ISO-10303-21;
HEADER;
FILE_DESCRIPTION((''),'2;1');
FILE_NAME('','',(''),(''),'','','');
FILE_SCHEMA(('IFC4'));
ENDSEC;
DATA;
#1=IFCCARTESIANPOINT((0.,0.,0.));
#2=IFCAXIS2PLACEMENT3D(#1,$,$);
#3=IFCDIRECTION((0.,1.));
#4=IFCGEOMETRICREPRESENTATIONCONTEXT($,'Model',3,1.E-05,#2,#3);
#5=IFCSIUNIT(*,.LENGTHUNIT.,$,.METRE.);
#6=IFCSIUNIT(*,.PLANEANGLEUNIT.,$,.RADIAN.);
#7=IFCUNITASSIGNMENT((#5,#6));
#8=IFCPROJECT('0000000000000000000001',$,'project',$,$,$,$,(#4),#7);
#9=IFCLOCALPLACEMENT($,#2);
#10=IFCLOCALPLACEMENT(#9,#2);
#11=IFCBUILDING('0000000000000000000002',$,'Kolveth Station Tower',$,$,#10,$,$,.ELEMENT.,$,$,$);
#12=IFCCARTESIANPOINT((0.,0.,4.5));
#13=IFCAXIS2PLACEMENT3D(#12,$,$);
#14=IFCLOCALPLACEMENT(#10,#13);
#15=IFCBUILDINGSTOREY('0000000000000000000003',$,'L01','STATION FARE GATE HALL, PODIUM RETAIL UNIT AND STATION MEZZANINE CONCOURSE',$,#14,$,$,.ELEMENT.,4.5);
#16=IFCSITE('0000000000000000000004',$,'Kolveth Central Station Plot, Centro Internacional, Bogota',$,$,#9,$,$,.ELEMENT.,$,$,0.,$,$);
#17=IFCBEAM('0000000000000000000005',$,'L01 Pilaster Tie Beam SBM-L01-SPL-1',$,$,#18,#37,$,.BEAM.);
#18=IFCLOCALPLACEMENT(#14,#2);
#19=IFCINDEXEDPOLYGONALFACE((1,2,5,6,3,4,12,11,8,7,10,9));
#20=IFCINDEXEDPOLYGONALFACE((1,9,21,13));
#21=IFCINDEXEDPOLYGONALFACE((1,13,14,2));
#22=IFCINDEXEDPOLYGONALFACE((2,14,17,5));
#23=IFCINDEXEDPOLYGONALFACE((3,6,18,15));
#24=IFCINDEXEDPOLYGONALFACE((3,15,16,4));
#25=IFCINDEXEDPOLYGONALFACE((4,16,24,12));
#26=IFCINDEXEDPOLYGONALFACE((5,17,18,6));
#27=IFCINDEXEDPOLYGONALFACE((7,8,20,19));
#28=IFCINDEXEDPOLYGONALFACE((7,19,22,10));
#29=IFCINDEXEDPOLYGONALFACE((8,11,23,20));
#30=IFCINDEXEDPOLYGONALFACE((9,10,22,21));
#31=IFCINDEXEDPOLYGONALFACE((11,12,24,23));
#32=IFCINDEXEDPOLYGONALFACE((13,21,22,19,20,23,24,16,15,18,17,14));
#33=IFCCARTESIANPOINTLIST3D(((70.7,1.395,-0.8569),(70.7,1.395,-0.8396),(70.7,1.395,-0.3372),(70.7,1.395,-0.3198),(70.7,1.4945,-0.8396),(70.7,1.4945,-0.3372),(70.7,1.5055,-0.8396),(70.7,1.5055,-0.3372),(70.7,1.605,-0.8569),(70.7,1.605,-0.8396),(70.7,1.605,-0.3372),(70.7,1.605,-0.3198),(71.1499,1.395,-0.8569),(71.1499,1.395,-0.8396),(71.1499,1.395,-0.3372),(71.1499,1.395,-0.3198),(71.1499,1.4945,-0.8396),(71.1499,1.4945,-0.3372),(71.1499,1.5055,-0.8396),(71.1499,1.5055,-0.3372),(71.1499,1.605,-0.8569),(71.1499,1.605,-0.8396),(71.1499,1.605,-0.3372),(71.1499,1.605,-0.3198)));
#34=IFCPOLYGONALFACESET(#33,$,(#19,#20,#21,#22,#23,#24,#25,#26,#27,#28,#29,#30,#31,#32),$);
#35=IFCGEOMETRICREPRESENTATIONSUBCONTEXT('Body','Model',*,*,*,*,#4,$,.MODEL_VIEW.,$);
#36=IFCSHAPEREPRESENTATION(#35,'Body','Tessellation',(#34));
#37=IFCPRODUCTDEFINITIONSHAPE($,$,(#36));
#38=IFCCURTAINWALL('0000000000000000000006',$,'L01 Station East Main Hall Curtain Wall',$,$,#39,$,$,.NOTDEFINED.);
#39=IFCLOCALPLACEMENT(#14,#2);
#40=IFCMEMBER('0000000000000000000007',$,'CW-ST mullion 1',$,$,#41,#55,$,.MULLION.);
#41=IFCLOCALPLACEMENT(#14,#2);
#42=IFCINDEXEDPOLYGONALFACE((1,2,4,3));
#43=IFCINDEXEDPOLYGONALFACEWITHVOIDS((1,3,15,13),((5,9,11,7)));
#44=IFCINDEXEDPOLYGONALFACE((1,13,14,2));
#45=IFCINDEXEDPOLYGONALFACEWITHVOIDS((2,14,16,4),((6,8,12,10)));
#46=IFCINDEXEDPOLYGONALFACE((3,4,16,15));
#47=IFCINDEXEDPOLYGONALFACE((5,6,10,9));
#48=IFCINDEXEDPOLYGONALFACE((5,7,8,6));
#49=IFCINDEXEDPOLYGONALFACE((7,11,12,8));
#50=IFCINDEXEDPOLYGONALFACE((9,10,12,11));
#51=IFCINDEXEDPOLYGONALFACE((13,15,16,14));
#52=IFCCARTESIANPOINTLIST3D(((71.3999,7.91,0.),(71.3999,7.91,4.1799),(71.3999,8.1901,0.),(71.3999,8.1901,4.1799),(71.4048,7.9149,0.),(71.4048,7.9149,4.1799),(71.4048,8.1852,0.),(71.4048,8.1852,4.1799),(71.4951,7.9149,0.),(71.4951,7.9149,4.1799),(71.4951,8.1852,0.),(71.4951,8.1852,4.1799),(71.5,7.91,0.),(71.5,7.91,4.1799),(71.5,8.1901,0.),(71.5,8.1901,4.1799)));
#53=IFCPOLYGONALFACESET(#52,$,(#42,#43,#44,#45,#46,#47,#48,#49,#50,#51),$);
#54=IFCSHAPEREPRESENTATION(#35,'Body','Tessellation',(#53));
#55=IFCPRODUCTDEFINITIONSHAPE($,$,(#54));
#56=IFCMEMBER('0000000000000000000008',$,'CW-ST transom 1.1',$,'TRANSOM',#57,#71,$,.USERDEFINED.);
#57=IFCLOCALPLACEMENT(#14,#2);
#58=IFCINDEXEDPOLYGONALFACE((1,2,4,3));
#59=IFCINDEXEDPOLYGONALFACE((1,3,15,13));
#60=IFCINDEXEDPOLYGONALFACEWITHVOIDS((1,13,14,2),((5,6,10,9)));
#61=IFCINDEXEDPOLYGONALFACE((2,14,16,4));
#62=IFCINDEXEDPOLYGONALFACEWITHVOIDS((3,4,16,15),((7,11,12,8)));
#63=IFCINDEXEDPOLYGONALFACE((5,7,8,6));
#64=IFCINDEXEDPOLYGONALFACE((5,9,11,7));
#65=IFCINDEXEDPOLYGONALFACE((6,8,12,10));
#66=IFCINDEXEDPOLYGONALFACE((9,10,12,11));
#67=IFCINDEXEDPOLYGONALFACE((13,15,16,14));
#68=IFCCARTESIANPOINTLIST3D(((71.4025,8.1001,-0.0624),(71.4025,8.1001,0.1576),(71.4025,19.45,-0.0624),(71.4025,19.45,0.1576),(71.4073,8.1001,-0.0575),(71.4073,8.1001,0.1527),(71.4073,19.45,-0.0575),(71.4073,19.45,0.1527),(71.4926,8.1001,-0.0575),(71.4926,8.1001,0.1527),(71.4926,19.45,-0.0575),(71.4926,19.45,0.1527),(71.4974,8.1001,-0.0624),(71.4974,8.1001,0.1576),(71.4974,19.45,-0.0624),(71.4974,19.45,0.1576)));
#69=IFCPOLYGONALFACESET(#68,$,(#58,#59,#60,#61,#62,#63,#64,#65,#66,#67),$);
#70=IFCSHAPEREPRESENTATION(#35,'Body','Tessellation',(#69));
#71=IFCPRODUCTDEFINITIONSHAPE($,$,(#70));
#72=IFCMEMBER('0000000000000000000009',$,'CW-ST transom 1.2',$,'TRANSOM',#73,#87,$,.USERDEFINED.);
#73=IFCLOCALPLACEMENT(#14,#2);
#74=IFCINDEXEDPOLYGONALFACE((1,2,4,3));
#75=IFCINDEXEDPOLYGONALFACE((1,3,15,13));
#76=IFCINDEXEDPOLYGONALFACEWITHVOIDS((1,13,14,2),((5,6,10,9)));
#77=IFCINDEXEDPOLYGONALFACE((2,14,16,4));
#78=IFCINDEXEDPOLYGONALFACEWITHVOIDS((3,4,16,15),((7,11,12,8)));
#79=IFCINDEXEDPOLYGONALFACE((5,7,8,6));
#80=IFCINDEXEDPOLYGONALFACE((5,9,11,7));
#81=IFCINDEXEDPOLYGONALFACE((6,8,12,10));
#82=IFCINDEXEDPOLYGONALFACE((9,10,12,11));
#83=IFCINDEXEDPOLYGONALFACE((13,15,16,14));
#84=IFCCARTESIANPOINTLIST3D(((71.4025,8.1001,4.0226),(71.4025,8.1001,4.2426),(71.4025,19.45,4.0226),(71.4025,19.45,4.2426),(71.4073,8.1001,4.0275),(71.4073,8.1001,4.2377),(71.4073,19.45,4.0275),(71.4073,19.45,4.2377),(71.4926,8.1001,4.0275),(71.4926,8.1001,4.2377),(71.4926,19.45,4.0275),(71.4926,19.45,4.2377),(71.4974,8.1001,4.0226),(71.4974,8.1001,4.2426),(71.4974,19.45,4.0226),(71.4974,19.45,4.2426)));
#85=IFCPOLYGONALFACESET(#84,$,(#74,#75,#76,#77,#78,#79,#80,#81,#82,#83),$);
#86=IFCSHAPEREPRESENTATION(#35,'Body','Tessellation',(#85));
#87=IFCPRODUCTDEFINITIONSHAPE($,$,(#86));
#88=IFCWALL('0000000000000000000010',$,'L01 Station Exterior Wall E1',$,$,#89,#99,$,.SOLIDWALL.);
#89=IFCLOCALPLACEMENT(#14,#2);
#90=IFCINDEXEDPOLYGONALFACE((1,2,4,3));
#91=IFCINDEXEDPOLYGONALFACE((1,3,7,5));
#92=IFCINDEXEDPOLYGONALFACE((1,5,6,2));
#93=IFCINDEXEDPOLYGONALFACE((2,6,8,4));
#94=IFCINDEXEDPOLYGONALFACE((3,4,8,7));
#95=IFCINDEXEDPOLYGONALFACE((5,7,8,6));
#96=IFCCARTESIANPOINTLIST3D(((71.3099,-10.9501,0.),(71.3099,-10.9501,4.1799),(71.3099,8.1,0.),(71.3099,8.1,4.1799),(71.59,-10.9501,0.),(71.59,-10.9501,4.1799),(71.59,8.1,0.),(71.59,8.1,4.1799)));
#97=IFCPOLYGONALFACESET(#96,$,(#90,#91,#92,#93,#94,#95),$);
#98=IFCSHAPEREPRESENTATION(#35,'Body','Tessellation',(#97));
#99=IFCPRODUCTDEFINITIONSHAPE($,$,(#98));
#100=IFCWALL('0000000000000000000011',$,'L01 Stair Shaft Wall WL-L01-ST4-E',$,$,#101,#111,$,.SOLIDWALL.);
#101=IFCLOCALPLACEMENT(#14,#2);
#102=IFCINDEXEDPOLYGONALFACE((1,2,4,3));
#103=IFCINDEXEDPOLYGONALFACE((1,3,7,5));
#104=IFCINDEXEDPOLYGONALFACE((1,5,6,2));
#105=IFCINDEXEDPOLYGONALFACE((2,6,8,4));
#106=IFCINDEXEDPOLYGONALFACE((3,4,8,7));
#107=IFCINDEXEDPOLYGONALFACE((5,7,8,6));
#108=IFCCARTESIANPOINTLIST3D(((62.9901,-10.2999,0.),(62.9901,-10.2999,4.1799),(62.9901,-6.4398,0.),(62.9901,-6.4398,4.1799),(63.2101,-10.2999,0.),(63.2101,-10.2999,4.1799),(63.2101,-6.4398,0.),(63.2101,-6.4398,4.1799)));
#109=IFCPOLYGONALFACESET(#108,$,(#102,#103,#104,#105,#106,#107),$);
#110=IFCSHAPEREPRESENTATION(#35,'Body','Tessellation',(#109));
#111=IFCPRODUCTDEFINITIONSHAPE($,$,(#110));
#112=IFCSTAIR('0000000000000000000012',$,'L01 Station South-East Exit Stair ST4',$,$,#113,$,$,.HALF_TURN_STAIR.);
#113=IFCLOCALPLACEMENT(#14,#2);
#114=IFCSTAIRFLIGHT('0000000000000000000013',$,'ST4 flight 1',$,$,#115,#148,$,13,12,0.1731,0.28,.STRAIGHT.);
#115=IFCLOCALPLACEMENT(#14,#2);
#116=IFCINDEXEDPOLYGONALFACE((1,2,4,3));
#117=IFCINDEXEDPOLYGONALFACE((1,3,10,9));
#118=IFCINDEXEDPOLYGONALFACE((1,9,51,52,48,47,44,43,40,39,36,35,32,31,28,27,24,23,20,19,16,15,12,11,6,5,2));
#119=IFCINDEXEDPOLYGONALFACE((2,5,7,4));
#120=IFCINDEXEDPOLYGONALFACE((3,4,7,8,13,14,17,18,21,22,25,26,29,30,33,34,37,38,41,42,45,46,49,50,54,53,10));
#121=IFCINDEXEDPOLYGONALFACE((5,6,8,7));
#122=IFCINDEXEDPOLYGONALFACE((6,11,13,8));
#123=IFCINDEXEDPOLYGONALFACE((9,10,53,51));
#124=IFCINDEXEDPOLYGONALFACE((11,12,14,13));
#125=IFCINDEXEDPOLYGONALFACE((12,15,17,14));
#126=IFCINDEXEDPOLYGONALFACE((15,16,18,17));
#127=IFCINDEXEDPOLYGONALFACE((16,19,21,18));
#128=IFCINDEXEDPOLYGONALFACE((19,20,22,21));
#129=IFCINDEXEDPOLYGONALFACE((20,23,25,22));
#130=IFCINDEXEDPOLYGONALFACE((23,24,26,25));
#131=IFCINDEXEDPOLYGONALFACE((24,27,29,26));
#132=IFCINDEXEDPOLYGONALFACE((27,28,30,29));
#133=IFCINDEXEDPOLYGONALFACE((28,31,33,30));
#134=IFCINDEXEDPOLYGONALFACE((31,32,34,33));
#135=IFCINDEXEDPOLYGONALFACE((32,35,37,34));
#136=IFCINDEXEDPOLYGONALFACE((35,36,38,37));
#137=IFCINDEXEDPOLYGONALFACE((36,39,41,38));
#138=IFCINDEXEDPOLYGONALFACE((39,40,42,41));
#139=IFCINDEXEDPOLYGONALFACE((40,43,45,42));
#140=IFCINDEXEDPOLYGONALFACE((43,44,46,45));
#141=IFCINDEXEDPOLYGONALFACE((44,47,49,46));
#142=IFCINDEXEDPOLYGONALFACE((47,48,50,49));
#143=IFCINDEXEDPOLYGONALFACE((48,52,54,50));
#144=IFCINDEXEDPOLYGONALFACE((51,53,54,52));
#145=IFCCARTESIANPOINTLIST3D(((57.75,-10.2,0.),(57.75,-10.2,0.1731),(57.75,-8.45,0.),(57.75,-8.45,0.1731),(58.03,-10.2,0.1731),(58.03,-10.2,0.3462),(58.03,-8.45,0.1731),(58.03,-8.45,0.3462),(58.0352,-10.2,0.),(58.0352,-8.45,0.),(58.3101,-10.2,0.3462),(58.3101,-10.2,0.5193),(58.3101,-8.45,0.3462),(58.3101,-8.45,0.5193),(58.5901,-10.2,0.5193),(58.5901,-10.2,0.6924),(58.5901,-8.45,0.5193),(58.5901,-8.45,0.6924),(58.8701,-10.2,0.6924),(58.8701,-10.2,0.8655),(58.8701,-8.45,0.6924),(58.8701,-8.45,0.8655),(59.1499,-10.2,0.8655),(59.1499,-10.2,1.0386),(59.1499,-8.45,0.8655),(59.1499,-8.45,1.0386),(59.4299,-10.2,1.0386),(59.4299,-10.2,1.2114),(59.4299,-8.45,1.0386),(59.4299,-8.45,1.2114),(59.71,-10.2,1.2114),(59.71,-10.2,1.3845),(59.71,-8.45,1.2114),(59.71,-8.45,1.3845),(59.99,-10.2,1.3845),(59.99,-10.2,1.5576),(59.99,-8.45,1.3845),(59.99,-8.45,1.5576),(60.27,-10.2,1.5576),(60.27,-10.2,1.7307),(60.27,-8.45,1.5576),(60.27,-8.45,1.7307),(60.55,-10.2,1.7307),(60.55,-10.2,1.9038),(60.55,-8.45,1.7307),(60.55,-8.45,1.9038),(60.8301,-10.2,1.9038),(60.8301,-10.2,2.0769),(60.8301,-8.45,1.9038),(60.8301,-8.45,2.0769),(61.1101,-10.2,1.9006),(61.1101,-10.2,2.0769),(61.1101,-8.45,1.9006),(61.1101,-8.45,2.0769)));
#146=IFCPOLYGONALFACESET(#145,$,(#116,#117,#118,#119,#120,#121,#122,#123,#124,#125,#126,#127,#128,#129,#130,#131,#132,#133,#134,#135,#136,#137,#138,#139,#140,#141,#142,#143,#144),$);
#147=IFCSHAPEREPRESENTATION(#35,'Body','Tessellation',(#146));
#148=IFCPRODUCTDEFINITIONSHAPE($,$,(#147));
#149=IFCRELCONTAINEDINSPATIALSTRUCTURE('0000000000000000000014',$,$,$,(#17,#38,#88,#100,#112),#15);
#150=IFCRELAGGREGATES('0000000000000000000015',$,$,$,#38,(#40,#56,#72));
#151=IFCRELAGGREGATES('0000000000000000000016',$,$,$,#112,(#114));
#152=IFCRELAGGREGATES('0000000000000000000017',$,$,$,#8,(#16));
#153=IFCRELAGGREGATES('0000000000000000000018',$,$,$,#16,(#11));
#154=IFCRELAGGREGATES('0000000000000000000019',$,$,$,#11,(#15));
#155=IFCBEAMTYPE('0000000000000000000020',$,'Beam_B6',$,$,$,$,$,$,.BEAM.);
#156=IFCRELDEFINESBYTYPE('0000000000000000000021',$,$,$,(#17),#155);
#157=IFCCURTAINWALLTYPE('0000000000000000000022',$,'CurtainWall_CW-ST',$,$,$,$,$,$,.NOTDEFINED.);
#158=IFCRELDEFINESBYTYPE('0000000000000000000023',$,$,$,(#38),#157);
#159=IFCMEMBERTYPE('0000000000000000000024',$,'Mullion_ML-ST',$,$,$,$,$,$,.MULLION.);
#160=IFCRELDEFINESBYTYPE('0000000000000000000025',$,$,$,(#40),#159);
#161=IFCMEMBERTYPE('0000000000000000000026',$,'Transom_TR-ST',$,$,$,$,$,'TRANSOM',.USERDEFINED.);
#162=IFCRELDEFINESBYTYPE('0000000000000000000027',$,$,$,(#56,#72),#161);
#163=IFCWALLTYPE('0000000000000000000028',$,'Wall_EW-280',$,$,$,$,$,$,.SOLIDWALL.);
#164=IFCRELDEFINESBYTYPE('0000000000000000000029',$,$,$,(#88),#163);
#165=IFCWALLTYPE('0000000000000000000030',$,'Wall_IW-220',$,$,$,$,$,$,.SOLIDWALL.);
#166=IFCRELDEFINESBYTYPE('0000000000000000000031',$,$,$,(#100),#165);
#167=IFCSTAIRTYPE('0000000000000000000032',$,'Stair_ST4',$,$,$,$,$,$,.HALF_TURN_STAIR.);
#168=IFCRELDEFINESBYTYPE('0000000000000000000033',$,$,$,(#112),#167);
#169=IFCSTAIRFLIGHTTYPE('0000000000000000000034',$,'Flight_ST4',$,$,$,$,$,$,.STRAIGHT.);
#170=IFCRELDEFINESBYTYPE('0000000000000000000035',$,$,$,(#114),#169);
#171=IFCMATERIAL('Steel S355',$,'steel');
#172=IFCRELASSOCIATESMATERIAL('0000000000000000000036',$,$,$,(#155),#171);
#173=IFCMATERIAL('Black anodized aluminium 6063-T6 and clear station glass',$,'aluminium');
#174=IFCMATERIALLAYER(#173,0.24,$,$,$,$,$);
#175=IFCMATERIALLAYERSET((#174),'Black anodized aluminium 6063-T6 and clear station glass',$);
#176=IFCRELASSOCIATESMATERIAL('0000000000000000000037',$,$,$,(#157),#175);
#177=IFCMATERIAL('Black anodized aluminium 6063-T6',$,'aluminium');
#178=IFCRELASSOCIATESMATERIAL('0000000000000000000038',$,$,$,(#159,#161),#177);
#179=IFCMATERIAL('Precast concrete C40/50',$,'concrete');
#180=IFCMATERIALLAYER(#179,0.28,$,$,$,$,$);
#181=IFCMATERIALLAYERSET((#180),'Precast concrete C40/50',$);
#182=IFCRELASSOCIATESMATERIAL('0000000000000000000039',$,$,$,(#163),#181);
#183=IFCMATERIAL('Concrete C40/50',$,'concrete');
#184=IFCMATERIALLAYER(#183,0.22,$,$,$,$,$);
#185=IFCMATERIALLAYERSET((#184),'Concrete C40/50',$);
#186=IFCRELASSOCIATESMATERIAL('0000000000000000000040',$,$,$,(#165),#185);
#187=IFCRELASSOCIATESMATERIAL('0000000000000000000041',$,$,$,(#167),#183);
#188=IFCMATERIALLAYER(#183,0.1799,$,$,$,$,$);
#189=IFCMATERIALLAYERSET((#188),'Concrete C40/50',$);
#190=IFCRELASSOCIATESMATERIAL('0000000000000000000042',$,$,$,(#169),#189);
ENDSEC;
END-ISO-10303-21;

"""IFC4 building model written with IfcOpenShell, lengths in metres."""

from ifc_helpers import new_model, si_unit, direction, frame, frame_2d, origin, origin_2d, place, context, subcontext, project, spatial, polyline, rectangle, hollow_rectangle, i_section, outline, extrude, source, transform, mapped, material, layer, layer_set, material_profile, profile_set, type_object, element, aggregate, save


model = new_model("IFC4")

# Units and contexts
model_context = context("Model", 3, precision=1e-05, world=origin(), true_north=direction((0.0, 1.0)))
body_context = subcontext(model_context, "Body", "Model", "MODEL_VIEW")
ifc_project = project(units=[si_unit("LENGTHUNIT", "METRE"), si_unit("PLANEANGLEUNIT", "RADIAN")], contexts=[model_context])

# Site, building, storey
site_placement = place(None, origin())
site = spatial("IfcSite", under=ifc_project, at=site_placement, Name="Kolveth Central Station Plot, Centro Internacional, Bogota", CompositionType="ELEMENT", RefElevation=0.0)
building_placement = place(site_placement, origin())
building = spatial("IfcBuilding", under=site, at=building_placement, Name="Kolveth Station Tower", CompositionType="ELEMENT")
storey_placement = place(building_placement, frame((0.0, 0.0, 4.5)))
storey = spatial("IfcBuildingStorey", under=building, at=storey_placement, Name="L01", Description="STATION FARE GATE HALL, PODIUM RETAIL UNIT AND STATION MEZZANINE CONCOURSE", CompositionType="ELEMENT", Elevation=4.5)

# Shared definitions
ifc_material_1 = material(Name="Steel S355", Category="steel")

# Beam
ifc_material_profile_1 = material_profile(ifc_material_1, i_section(OverallWidth=0.21, OverallDepth=0.5371, WebThickness=0.011, FlangeThickness=0.0173, at=origin_2d()), Name="W530x101")
ifc_profile_set_1 = profile_set([ifc_material_profile_1], Name="Steel S355")
beam_type_1 = type_object("IfcBeamType", Name="Beam_B6", PredefinedType="BEAM", material=ifc_profile_set_1)
shared_shape_1 = source(origin(), body_context, "Body", "SweptSolid", [
    extrude(i_section(OverallWidth=0.21, OverallDepth=0.5371, WebThickness=0.011, FlangeThickness=0.0173, at=origin_2d()), origin(), (0.0, 0.0, 1.0), 0.45),
])
beam_placement = place(storey_placement, frame((70.7, 1.5, -0.5884), z_axis=(1.0, 0.0, 0.0), x_axis=(0.0, 1.0, 0.0)))
element("IfcBeam", 1, at=beam_placement, inside=storey, type_object=beam_type_1, Name="L01 Pilaster Tie Beam SBM-L01-SPL-1", PredefinedType="BEAM", context=body_context, shape_type="MappedRepresentation", body=[
    mapped(shared_shape_1, transform((0.0, 0.0, 0.0), x_axis=(1.0, 0.0, 0.0), y_axis=(0.0, 1.0, 0.0), z_axis=(0.0, 0.0, 1.0), scale=1.0)),
])

# Curtain wall, members
ifc_material_2 = material(Name="Black anodized aluminium 6063-T6 and clear station glass", Category="aluminium")
ifc_layer_1 = layer(ifc_material_2, 0.24)
ifc_layer_set_1 = layer_set([ifc_layer_1], Name="Black anodized aluminium 6063-T6 and clear station glass")
curtain_wall_type = type_object("IfcCurtainWallType", Name="CurtainWall_CW-ST", PredefinedType="NOTDEFINED", material=ifc_layer_set_1)
curtain_wall_placement = place(storey_placement, origin())
curtain_wall = element("IfcCurtainWall", 2, at=curtain_wall_placement, inside=storey, type_object=curtain_wall_type, Name="L01 Station East Main Hall Curtain Wall", PredefinedType="NOTDEFINED")
ifc_material_3 = material(Name="Black anodized aluminium 6063-T6", Category="aluminium")
ifc_material_profile_2 = material_profile(ifc_material_3, hollow_rectangle(XDim=0.1001, YDim=0.28, WallThickness=0.0049, at=origin_2d()), Name="ALU-100x280x5")
ifc_profile_set_2 = profile_set([ifc_material_profile_2], Name="Black anodized aluminium 6063-T6")
member_type_1 = type_object("IfcMemberType", Name="Mullion_ML-ST", PredefinedType="MULLION", material=ifc_profile_set_2)
shared_shape_2 = source(origin(), body_context, "Body", "SweptSolid", [
    extrude(hollow_rectangle(XDim=0.1001, YDim=0.28, WallThickness=0.0049, at=origin_2d()), origin(), (0.0, 0.0, 1.0), 4.1799),
])
member_1_placement = place(storey_placement, frame((71.45, 8.05, 0.0), z_axis=(0.0, 0.0, 1.0), x_axis=(-1.0, 0.0, 0.0)))
member_1 = element("IfcMember", 3, at=member_1_placement, type_object=member_type_1, Name="CW-ST mullion 1", PredefinedType="MULLION", context=body_context, shape_type="MappedRepresentation", body=[
    mapped(shared_shape_2, transform((0.0, 0.0, 0.0), x_axis=(1.0, 0.0, 0.0), y_axis=(0.0, 1.0, 0.0), z_axis=(0.0, 0.0, 1.0), scale=1.0)),
])
ifc_material_profile_3 = material_profile(ifc_material_3, hollow_rectangle(XDim=0.095, YDim=0.22, WallThickness=0.0049, at=origin_2d()), Name="ALU-95x220x5")
ifc_profile_set_3 = profile_set([ifc_material_profile_3], Name="Black anodized aluminium 6063-T6")
member_type_2 = type_object("IfcMemberType", Name="Transom_TR-ST", ElementType="TRANSOM", PredefinedType="USERDEFINED", material=ifc_profile_set_3)
shared_shape_3 = source(origin(), body_context, "Body", "SweptSolid", [
    extrude(hollow_rectangle(XDim=0.095, YDim=0.22, WallThickness=0.0049, at=origin_2d()), origin(), (0.0, 0.0, 1.0), 11.3499),
])
member_2_placement = place(storey_placement, frame((71.45, 8.1001, 0.0476), z_axis=(0.0, 1.0, 0.0), x_axis=(-1.0, 0.0, 0.0)))
member_2 = element("IfcMember", 4, at=member_2_placement, type_object=member_type_2, Name="CW-ST transom 1.1", ObjectType="TRANSOM", PredefinedType="USERDEFINED", context=body_context, shape_type="MappedRepresentation", body=[
    mapped(shared_shape_3, transform((0.0, 0.0, 0.0), x_axis=(1.0, 0.0, 0.0), y_axis=(0.0, 1.0, 0.0), z_axis=(0.0, 0.0, 1.0), scale=1.0)),
])
member_3_placement = place(storey_placement, frame((71.45, 8.1001, 4.1326), z_axis=(0.0, 1.0, 0.0), x_axis=(-1.0, 0.0, 0.0)))
member_3 = element("IfcMember", 5, at=member_3_placement, type_object=member_type_2, Name="CW-ST transom 1.2", ObjectType="TRANSOM", PredefinedType="USERDEFINED", context=body_context, shape_type="MappedRepresentation", body=[
    mapped(shared_shape_3, transform((0.0, 0.0, 0.0), x_axis=(1.0, 0.0, 0.0), y_axis=(0.0, 1.0, 0.0), z_axis=(0.0, 0.0, 1.0), scale=1.0)),
])
aggregate(curtain_wall, [member_1, member_2, member_3])

# Walls
ifc_material_4 = material(Name="Precast concrete C40/50", Category="concrete")
ifc_layer_2 = layer(ifc_material_4, 0.28)
ifc_layer_set_2 = layer_set([ifc_layer_2], Name="Precast concrete C40/50")
wall_type_1 = type_object("IfcWallType", Name="Wall_EW-280", PredefinedType="SOLIDWALL", material=ifc_layer_set_2)
wall_1_placement = place(storey_placement, frame((71.45, -10.95, 0.0), z_axis=(0.0, 0.0, 1.0), x_axis=(0.0, 1.0, 0.0)))
element("IfcWall", 6, at=wall_1_placement, inside=storey, type_object=wall_type_1, Name="L01 Station Exterior Wall E1", PredefinedType="SOLIDWALL", context=body_context, shape_type="SweptSolid", body=[
    extrude(rectangle(XDim=19.05, YDim=0.28, at=frame_2d((9.5249, 0.0))), origin(), (0.0, 0.0, 1.0), 4.1799),
])
ifc_material_5 = material(Name="Concrete C40/50", Category="concrete")
ifc_layer_3 = layer(ifc_material_5, 0.22)
ifc_layer_set_3 = layer_set([ifc_layer_3], Name="Concrete C40/50")
wall_type_2 = type_object("IfcWallType", Name="Wall_IW-220", PredefinedType="SOLIDWALL", material=ifc_layer_set_3)
wall_2_placement = place(storey_placement, frame((63.1001, -10.3, 0.0), z_axis=(0.0, 0.0, 1.0), x_axis=(0.0, 1.0, 0.0)))
element("IfcWall", 7, at=wall_2_placement, inside=storey, type_object=wall_type_2, Name="L01 Stair Shaft Wall WL-L01-ST4-E", PredefinedType="SOLIDWALL", context=body_context, shape_type="SweptSolid", body=[
    extrude(rectangle(XDim=3.8601, YDim=0.22, at=frame_2d((1.9302, 0.0))), origin(), (0.0, 0.0, 1.0), 4.1799),
])

# Stair, stair flight
stair_type = type_object("IfcStairType", Name="Stair_ST4", PredefinedType="HALF_TURN_STAIR", material=ifc_material_5)
stair_placement = place(storey_placement, origin())
stair = element("IfcStair", 8, at=stair_placement, inside=storey, type_object=stair_type, Name="L01 Station South-East Exit Stair ST4", PredefinedType="HALF_TURN_STAIR")
ifc_layer_4 = layer(ifc_material_5, 0.1799)
ifc_layer_set_4 = layer_set([ifc_layer_4], Name="Concrete C40/50")
stair_flight_type = type_object("IfcStairFlightType", Name="Flight_ST4", PredefinedType="STRAIGHT", material=ifc_layer_set_4)
stair_flight_1_placement = place(storey_placement, frame((57.75, -9.325, 0.0), z_axis=(0.0, 0.0, 1.0), x_axis=(1.0, 0.0, 0.0)))
stair_flight_1 = element("IfcStairFlight", 9, at=stair_flight_1_placement, type_object=stair_flight_type, Name="ST4 flight 1", NumberOfRisers=13, NumberOfTreads=12, PredefinedType="STRAIGHT", RiserHeight=0.1731, TreadLength=0.28, context=body_context, shape_type="SweptSolid", body=[
    extrude(outline(polyline([(0.0, 0.0), (0.0, 0.1731), (0.28, 0.1731), (0.28, 0.3462), (0.5601, 0.3462), (0.5601, 0.5193), (0.8401, 0.5193), (0.8401, 0.6924), (1.1201, 0.6924), (1.1201, 0.8655), (1.3999, 0.8655), (1.3999, 1.0386), (1.6799, 1.0386), (1.6799, 1.2114), (1.96, 1.2114), (1.96, 1.3845), (2.24, 1.3845), (2.24, 1.5576), (2.52, 1.5576), (2.52, 1.7307), (2.8, 1.7307), (2.8, 1.9038), (3.0801, 1.9038), (3.0801, 2.0769), (3.3601, 2.0769), (3.3601, 2.25), (3.3601, 1.9006), (0.2852, 0.0), (0.0, 0.0)])), frame((0.0, 0.875, 0.0), z_axis=(0.0, -1.0, 0.0), x_axis=(1.0, 0.0, 0.0)), (0.0, 0.0, 1.0), 1.75),
])
aggregate(stair, [stair_flight_1])

save(model, "model.ifc")
